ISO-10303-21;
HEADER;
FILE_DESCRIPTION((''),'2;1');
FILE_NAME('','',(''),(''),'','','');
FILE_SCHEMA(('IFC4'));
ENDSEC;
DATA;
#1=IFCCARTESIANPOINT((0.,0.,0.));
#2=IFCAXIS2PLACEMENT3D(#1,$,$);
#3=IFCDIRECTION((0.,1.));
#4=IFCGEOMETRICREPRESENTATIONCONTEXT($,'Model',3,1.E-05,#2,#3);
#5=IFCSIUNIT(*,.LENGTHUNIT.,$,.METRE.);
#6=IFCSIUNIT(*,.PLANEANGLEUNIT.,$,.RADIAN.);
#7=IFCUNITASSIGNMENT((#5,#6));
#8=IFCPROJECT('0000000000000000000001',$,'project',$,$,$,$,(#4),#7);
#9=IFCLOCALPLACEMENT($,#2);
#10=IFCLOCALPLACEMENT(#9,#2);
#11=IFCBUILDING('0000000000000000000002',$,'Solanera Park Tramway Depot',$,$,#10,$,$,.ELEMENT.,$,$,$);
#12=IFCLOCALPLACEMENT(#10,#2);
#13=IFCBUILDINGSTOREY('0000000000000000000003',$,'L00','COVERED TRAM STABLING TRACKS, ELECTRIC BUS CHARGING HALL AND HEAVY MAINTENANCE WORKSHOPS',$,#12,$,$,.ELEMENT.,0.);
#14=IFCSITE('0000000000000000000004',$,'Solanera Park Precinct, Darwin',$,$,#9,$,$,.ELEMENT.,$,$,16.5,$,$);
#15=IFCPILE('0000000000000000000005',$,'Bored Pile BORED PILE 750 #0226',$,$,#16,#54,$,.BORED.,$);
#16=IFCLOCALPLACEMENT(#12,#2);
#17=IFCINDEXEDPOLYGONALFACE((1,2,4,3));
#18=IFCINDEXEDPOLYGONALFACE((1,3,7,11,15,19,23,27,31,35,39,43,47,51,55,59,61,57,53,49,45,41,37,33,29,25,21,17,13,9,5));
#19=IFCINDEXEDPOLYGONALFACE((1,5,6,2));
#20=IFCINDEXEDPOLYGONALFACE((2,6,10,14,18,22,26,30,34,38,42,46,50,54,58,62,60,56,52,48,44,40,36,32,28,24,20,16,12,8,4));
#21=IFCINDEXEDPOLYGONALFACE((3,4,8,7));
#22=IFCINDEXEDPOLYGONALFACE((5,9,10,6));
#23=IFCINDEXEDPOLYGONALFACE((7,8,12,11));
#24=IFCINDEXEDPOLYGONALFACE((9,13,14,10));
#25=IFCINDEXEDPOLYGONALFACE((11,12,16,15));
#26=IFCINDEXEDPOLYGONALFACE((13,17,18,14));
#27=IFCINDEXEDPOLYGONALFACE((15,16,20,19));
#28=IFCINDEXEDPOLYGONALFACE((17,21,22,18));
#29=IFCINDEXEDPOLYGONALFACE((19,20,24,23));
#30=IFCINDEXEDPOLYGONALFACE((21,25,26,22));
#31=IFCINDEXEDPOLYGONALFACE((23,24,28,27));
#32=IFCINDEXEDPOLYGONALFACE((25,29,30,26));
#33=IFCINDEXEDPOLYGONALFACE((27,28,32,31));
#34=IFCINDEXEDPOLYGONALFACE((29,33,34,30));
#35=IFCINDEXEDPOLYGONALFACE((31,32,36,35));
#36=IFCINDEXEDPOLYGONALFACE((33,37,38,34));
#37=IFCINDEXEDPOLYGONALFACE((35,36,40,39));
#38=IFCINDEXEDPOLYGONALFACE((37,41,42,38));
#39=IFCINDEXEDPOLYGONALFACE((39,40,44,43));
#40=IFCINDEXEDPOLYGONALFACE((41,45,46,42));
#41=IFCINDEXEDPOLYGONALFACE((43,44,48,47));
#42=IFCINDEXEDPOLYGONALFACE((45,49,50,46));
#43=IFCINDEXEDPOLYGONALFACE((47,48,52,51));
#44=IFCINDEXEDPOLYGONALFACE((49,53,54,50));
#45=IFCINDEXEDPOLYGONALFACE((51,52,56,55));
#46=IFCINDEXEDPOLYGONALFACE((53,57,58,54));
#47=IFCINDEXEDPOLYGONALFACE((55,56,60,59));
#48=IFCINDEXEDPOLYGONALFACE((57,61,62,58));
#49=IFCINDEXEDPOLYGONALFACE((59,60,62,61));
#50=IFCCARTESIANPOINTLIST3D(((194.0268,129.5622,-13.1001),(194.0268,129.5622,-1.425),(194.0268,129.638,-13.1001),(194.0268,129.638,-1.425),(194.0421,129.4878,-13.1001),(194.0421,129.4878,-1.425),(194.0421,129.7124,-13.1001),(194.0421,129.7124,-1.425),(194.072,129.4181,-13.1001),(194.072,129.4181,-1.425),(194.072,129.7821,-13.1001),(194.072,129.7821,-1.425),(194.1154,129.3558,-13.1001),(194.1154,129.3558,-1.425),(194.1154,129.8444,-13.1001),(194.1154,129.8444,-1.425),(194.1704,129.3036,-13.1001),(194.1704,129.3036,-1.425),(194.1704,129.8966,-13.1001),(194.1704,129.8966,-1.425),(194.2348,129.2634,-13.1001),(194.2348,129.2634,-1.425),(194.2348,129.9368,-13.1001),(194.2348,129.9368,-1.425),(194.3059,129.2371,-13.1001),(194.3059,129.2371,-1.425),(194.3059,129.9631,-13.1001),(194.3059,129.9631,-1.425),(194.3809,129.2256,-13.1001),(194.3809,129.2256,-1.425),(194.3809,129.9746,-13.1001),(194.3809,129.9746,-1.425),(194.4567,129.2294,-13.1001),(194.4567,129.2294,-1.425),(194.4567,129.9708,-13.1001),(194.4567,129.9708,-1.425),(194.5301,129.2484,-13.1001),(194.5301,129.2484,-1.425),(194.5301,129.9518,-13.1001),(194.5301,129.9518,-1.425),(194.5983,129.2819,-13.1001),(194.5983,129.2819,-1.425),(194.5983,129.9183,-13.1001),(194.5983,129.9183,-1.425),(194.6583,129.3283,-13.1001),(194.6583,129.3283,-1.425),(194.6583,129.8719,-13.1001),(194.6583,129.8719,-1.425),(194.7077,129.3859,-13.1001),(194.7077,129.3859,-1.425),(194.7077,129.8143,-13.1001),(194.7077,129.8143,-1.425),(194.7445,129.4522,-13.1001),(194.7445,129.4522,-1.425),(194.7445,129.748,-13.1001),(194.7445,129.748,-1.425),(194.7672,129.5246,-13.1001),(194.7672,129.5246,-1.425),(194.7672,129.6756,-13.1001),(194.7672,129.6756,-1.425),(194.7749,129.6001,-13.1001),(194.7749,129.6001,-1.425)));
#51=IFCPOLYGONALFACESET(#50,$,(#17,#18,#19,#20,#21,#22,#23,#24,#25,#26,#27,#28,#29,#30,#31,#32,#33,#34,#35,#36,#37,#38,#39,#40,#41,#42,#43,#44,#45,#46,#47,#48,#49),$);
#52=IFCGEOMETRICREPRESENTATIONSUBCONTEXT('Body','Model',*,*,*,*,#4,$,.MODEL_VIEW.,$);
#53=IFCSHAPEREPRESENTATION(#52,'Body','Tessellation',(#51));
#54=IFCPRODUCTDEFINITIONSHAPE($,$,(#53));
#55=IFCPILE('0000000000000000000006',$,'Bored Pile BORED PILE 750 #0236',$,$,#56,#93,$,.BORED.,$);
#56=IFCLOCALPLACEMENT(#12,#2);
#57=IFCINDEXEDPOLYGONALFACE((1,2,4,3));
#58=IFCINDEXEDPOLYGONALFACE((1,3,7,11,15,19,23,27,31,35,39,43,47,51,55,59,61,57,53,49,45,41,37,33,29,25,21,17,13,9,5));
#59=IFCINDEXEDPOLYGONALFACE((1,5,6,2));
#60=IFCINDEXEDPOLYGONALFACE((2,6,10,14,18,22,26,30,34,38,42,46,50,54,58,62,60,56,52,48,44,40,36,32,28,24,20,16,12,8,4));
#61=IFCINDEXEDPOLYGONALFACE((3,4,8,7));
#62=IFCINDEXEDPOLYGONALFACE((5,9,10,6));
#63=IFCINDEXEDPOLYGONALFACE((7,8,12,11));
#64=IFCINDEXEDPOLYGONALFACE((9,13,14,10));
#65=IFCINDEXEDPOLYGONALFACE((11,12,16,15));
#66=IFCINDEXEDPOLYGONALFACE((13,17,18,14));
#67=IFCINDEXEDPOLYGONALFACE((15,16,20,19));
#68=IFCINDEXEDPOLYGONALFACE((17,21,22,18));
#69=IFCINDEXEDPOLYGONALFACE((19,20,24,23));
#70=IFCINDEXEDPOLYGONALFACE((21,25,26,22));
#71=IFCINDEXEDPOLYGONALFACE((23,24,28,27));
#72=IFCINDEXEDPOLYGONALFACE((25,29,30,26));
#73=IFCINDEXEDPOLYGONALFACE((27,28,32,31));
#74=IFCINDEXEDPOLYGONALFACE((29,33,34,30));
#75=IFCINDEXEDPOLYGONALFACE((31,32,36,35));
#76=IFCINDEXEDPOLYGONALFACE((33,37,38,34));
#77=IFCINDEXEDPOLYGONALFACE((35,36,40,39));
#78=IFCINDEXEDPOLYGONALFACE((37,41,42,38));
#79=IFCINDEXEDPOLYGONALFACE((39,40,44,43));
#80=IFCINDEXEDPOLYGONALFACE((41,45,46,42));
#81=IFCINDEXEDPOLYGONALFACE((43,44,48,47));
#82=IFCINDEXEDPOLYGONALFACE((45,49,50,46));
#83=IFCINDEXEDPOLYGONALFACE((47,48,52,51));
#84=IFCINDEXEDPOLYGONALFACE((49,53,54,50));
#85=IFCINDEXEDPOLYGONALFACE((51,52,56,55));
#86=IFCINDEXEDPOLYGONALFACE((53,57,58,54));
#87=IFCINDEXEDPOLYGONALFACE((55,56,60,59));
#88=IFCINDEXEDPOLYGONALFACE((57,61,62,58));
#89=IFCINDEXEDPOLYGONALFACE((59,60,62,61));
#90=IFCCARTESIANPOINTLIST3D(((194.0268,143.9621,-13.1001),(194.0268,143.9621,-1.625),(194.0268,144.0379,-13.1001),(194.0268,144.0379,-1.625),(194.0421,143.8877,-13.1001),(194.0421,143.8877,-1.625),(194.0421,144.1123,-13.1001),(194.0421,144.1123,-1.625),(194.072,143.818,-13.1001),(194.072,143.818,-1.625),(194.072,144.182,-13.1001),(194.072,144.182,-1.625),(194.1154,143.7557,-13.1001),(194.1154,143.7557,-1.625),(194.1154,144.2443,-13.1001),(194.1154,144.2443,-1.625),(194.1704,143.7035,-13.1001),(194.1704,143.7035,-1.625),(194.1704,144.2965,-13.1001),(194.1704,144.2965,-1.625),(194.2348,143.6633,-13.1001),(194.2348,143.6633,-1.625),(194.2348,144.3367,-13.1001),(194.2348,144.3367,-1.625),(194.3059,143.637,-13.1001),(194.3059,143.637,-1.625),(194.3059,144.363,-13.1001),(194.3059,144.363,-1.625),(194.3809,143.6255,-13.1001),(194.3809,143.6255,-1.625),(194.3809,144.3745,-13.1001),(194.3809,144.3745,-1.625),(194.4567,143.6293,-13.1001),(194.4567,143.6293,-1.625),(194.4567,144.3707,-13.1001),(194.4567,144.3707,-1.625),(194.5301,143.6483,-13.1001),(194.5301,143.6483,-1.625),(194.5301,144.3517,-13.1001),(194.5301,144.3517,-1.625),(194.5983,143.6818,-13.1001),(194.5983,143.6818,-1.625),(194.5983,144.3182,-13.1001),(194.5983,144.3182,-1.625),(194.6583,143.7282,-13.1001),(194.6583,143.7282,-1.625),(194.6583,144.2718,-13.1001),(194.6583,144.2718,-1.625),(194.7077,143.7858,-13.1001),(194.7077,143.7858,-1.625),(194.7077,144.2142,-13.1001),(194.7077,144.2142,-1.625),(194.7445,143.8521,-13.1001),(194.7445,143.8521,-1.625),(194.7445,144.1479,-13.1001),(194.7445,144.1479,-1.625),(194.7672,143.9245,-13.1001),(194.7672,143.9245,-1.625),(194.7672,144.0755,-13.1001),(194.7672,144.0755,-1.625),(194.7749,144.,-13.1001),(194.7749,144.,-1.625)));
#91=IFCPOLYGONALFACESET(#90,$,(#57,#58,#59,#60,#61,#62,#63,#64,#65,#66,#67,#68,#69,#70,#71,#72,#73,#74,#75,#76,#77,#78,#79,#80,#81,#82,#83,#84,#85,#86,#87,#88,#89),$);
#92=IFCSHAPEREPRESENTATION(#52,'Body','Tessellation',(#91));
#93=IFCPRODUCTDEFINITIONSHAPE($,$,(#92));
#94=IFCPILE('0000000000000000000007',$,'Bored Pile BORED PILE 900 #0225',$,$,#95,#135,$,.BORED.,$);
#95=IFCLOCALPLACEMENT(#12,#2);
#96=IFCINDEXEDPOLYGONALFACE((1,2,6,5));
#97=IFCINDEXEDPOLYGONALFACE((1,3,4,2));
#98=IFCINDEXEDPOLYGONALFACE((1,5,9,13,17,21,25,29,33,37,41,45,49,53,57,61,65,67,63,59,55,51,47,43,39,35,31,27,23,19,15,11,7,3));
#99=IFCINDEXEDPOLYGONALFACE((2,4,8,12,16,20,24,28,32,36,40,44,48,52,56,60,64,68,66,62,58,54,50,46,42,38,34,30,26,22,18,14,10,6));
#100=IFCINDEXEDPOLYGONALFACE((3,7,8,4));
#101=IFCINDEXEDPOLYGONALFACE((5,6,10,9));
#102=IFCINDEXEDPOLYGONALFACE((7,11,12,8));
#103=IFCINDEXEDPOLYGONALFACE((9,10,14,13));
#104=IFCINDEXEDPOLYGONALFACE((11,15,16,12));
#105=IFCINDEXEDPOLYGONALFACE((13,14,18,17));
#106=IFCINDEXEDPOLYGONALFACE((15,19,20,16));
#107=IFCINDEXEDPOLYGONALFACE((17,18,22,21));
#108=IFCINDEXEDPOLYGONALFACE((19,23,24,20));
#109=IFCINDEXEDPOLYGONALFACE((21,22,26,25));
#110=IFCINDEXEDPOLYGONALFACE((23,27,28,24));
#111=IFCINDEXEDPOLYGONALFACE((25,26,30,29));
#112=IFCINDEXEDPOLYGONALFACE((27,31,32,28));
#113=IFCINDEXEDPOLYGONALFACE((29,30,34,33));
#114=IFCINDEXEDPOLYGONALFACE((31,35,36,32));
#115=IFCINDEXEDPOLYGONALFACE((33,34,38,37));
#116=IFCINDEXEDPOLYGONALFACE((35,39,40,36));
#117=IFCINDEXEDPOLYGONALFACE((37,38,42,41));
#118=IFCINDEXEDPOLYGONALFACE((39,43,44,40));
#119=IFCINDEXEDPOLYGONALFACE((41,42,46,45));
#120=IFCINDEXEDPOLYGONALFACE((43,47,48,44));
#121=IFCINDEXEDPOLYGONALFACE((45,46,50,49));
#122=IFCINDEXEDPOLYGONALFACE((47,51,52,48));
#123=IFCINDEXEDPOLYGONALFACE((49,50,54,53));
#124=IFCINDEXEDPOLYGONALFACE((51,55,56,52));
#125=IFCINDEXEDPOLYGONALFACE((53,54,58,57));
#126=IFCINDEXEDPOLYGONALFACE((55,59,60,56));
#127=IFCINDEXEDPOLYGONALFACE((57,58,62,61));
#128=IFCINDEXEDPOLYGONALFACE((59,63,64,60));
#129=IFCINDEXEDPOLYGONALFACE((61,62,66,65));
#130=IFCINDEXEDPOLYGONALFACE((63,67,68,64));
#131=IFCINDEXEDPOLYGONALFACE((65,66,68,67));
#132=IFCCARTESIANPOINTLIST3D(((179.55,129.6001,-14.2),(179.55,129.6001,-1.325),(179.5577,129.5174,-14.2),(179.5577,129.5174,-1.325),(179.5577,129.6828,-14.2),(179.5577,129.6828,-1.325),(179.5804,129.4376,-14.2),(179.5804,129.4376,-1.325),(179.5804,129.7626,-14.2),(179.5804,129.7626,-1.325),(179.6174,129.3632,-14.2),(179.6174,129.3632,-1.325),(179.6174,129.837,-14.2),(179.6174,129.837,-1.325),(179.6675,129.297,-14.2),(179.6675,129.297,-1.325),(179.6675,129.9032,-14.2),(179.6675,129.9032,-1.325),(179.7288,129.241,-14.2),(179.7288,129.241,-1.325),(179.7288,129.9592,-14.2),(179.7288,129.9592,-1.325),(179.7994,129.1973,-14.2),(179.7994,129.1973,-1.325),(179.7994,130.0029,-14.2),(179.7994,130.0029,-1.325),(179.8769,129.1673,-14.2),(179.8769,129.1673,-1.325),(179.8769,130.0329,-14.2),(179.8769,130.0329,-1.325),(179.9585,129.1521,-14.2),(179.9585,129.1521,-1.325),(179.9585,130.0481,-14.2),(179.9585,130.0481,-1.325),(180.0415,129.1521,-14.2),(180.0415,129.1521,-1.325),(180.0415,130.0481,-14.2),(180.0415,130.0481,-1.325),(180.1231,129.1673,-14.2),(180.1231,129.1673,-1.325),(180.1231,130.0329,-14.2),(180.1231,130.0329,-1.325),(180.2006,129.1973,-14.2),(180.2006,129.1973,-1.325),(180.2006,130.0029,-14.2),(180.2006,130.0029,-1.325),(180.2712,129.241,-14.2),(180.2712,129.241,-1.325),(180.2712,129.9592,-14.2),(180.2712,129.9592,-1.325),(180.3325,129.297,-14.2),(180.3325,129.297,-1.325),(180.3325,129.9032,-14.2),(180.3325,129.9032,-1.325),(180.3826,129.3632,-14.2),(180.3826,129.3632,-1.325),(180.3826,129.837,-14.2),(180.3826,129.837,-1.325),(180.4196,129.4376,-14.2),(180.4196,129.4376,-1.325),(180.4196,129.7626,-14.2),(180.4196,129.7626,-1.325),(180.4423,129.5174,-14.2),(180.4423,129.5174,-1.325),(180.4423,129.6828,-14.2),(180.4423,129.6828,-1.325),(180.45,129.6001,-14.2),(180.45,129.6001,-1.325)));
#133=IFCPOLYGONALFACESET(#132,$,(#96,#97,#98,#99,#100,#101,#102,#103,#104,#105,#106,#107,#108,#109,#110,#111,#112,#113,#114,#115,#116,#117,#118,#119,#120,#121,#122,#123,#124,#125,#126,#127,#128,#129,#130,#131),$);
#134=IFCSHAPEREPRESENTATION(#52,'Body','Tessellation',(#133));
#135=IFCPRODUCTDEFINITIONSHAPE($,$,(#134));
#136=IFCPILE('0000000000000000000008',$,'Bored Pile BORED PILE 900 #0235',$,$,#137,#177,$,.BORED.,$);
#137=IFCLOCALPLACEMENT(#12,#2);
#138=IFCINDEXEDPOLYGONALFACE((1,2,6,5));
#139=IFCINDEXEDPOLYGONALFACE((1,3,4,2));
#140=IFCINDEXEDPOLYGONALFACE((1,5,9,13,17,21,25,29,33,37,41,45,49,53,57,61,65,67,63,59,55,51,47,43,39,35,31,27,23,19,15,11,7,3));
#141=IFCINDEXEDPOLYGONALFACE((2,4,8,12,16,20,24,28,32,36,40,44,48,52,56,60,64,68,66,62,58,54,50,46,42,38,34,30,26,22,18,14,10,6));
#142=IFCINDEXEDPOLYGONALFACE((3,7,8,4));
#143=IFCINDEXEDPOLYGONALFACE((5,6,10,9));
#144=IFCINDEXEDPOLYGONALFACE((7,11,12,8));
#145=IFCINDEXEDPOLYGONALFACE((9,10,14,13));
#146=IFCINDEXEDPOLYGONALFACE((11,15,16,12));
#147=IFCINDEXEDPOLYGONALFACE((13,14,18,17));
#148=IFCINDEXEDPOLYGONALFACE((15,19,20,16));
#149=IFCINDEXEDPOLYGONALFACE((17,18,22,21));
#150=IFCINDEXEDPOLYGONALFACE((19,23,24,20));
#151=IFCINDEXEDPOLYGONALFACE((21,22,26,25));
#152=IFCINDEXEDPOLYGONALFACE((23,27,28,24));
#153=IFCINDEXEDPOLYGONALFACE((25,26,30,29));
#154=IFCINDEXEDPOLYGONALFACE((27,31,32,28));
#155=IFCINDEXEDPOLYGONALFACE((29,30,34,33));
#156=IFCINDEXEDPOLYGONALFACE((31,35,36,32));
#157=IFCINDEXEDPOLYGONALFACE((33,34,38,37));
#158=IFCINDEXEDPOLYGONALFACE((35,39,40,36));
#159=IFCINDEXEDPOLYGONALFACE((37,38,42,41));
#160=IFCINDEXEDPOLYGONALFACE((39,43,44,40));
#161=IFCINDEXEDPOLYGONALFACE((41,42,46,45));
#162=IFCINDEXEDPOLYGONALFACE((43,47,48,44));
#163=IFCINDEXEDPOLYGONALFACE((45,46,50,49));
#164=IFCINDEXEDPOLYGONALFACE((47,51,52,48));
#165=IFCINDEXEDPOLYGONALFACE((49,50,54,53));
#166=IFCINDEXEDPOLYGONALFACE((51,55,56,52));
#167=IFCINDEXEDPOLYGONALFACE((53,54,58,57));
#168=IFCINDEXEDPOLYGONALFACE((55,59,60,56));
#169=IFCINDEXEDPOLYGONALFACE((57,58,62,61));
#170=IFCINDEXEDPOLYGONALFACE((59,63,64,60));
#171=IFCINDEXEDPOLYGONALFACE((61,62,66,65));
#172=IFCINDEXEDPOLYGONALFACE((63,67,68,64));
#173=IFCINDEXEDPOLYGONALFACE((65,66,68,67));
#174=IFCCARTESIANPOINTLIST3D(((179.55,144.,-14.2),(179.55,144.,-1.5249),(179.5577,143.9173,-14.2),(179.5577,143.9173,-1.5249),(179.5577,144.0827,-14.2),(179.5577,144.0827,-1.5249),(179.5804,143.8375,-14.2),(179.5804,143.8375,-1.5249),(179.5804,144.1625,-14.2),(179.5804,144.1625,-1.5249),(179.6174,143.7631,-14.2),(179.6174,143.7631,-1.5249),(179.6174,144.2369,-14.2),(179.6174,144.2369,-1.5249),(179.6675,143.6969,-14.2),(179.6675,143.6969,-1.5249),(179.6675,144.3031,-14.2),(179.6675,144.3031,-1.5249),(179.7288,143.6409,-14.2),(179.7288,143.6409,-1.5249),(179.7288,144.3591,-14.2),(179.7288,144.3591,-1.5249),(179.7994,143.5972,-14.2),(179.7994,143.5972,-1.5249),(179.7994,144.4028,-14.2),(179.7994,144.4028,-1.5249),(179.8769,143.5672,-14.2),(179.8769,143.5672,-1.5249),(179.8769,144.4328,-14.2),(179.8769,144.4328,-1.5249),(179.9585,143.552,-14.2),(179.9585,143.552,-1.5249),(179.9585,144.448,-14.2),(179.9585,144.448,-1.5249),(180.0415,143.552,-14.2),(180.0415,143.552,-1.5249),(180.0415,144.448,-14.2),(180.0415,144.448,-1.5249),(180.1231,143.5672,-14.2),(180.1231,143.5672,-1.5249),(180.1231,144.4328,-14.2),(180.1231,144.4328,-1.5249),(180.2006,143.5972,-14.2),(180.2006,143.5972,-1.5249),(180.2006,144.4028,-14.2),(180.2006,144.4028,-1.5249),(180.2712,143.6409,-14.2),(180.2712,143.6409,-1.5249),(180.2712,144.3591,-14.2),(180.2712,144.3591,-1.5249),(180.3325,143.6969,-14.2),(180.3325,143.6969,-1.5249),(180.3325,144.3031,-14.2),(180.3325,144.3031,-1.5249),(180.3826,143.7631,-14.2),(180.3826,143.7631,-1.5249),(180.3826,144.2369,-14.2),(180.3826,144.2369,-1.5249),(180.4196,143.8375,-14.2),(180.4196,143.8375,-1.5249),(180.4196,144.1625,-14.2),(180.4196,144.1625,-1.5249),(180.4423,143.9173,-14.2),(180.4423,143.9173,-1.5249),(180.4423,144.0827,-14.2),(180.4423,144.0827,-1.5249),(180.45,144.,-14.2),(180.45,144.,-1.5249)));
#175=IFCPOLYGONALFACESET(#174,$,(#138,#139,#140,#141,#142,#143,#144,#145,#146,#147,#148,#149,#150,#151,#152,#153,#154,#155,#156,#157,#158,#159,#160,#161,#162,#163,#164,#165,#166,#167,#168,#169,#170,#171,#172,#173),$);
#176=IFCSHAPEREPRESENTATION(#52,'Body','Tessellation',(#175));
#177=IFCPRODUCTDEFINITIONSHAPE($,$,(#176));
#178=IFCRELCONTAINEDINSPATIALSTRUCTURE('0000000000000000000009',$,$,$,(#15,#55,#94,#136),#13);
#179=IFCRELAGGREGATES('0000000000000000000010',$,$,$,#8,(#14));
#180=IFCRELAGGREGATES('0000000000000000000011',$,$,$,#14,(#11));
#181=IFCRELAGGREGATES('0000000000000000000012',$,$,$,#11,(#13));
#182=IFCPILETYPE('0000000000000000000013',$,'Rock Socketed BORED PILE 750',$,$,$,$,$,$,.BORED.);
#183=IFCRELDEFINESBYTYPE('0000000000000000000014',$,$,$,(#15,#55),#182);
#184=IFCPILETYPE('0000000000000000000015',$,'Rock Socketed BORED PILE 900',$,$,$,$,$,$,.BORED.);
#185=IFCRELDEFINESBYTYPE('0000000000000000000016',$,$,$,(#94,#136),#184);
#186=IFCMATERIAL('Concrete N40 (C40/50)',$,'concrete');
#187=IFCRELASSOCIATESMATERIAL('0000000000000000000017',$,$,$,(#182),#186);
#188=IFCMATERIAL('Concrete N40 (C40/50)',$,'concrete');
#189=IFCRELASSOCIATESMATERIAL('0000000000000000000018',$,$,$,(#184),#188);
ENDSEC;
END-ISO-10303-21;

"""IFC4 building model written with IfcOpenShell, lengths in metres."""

from ifc_helpers import new_model, si_unit, direction, frame, origin, origin_2d, place, context, subcontext, project, spatial, circle, extrude, material, material_profile, profile_set, type_object, element, save


model = new_model("IFC4")

# Units and contexts
model_context = context("Model", 3, precision=1e-05, world=origin(), true_north=direction((0.0, 1.0)))
body_context = subcontext(model_context, "Body", "Model", "MODEL_VIEW")
ifc_project = project(units=[si_unit("LENGTHUNIT", "METRE"), si_unit("PLANEANGLEUNIT", "RADIAN")], contexts=[model_context])

# Site, building, storey
site_placement = place(None, origin())
site = spatial("IfcSite", under=ifc_project, at=site_placement, Name="Solanera Park Precinct, Darwin", CompositionType="ELEMENT", RefElevation=16.5)
building_placement = place(site_placement, origin())
building = spatial("IfcBuilding", under=site, at=building_placement, Name="Solanera Park Tramway Depot", CompositionType="ELEMENT")
storey_placement = place(building_placement, origin())
storey = spatial("IfcBuildingStorey", under=building, at=storey_placement, Name="L00", Description="COVERED TRAM STABLING TRACKS, ELECTRIC BUS CHARGING HALL AND HEAVY MAINTENANCE WORKSHOPS", CompositionType="ELEMENT", Elevation=0.0)

# Piles
ifc_material_1 = material(Name="Concrete N40 (C40/50)", Category="concrete")
ifc_material_profile_1 = material_profile(ifc_material_1, circle(Radius=0.375, at=origin_2d()), Name="BORED PILE 750")
ifc_profile_set_1 = profile_set([ifc_material_profile_1], Name="Concrete N40 (C40/50)")
pile_type_1 = type_object("IfcPileType", Name="Rock Socketed BORED PILE 750", PredefinedType="BORED", material=ifc_profile_set_1)
pile_1_placement = place(storey_placement, frame((194.3999, 129.6001, -1.425), z_axis=(0.0, 0.0, -1.0), x_axis=(1.0, 0.0, 0.0)))
element("IfcPile", 1, at=pile_1_placement, inside=storey, type_object=pile_type_1, Name="Bored Pile BORED PILE 750 #0226", PredefinedType="BORED", context=body_context, shape_type="SweptSolid", body=[
    extrude(circle(Radius=0.375, at=origin_2d()), origin(), (0.0, 0.0, 1.0), 11.675),
])
pile_2_placement = place(storey_placement, frame((194.3999, 144.0, -1.625), z_axis=(0.0, 0.0, -1.0), x_axis=(1.0, 0.0, 0.0)))
element("IfcPile", 2, at=pile_2_placement, inside=storey, type_object=pile_type_1, Name="Bored Pile BORED PILE 750 #0236", PredefinedType="BORED", context=body_context, shape_type="SweptSolid", body=[
    extrude(circle(Radius=0.375, at=origin_2d()), origin(), (0.0, 0.0, 1.0), 11.4751),
])
ifc_material_2 = material(Name="Concrete N40 (C40/50)", Category="concrete")
ifc_material_profile_2 = material_profile(ifc_material_2, circle(Radius=0.45, at=origin_2d()), Name="BORED PILE 900")
ifc_profile_set_2 = profile_set([ifc_material_profile_2], Name="Concrete N40 (C40/50)")
pile_type_2 = type_object("IfcPileType", Name="Rock Socketed BORED PILE 900", PredefinedType="BORED", material=ifc_profile_set_2)
pile_3_placement = place(storey_placement, frame((180.0, 129.6001, -1.325), z_axis=(0.0, 0.0, -1.0), x_axis=(1.0, 0.0, 0.0)))
element("IfcPile", 3, at=pile_3_placement, inside=storey, type_object=pile_type_2, Name="Bored Pile BORED PILE 900 #0225", PredefinedType="BORED", context=body_context, shape_type="SweptSolid", body=[
    extrude(circle(Radius=0.45, at=origin_2d()), origin(), (0.0, 0.0, 1.0), 12.875),
])
pile_4_placement = place(storey_placement, frame((180.0, 144.0, -1.5249), z_axis=(0.0, 0.0, -1.0), x_axis=(1.0, 0.0, 0.0)))
element("IfcPile", 4, at=pile_4_placement, inside=storey, type_object=pile_type_2, Name="Bored Pile BORED PILE 900 #0235", PredefinedType="BORED", context=body_context, shape_type="SweptSolid", body=[
    extrude(circle(Radius=0.45, at=origin_2d()), origin(), (0.0, 0.0, 1.0), 12.675),
])

save(model, "model.ifc")
